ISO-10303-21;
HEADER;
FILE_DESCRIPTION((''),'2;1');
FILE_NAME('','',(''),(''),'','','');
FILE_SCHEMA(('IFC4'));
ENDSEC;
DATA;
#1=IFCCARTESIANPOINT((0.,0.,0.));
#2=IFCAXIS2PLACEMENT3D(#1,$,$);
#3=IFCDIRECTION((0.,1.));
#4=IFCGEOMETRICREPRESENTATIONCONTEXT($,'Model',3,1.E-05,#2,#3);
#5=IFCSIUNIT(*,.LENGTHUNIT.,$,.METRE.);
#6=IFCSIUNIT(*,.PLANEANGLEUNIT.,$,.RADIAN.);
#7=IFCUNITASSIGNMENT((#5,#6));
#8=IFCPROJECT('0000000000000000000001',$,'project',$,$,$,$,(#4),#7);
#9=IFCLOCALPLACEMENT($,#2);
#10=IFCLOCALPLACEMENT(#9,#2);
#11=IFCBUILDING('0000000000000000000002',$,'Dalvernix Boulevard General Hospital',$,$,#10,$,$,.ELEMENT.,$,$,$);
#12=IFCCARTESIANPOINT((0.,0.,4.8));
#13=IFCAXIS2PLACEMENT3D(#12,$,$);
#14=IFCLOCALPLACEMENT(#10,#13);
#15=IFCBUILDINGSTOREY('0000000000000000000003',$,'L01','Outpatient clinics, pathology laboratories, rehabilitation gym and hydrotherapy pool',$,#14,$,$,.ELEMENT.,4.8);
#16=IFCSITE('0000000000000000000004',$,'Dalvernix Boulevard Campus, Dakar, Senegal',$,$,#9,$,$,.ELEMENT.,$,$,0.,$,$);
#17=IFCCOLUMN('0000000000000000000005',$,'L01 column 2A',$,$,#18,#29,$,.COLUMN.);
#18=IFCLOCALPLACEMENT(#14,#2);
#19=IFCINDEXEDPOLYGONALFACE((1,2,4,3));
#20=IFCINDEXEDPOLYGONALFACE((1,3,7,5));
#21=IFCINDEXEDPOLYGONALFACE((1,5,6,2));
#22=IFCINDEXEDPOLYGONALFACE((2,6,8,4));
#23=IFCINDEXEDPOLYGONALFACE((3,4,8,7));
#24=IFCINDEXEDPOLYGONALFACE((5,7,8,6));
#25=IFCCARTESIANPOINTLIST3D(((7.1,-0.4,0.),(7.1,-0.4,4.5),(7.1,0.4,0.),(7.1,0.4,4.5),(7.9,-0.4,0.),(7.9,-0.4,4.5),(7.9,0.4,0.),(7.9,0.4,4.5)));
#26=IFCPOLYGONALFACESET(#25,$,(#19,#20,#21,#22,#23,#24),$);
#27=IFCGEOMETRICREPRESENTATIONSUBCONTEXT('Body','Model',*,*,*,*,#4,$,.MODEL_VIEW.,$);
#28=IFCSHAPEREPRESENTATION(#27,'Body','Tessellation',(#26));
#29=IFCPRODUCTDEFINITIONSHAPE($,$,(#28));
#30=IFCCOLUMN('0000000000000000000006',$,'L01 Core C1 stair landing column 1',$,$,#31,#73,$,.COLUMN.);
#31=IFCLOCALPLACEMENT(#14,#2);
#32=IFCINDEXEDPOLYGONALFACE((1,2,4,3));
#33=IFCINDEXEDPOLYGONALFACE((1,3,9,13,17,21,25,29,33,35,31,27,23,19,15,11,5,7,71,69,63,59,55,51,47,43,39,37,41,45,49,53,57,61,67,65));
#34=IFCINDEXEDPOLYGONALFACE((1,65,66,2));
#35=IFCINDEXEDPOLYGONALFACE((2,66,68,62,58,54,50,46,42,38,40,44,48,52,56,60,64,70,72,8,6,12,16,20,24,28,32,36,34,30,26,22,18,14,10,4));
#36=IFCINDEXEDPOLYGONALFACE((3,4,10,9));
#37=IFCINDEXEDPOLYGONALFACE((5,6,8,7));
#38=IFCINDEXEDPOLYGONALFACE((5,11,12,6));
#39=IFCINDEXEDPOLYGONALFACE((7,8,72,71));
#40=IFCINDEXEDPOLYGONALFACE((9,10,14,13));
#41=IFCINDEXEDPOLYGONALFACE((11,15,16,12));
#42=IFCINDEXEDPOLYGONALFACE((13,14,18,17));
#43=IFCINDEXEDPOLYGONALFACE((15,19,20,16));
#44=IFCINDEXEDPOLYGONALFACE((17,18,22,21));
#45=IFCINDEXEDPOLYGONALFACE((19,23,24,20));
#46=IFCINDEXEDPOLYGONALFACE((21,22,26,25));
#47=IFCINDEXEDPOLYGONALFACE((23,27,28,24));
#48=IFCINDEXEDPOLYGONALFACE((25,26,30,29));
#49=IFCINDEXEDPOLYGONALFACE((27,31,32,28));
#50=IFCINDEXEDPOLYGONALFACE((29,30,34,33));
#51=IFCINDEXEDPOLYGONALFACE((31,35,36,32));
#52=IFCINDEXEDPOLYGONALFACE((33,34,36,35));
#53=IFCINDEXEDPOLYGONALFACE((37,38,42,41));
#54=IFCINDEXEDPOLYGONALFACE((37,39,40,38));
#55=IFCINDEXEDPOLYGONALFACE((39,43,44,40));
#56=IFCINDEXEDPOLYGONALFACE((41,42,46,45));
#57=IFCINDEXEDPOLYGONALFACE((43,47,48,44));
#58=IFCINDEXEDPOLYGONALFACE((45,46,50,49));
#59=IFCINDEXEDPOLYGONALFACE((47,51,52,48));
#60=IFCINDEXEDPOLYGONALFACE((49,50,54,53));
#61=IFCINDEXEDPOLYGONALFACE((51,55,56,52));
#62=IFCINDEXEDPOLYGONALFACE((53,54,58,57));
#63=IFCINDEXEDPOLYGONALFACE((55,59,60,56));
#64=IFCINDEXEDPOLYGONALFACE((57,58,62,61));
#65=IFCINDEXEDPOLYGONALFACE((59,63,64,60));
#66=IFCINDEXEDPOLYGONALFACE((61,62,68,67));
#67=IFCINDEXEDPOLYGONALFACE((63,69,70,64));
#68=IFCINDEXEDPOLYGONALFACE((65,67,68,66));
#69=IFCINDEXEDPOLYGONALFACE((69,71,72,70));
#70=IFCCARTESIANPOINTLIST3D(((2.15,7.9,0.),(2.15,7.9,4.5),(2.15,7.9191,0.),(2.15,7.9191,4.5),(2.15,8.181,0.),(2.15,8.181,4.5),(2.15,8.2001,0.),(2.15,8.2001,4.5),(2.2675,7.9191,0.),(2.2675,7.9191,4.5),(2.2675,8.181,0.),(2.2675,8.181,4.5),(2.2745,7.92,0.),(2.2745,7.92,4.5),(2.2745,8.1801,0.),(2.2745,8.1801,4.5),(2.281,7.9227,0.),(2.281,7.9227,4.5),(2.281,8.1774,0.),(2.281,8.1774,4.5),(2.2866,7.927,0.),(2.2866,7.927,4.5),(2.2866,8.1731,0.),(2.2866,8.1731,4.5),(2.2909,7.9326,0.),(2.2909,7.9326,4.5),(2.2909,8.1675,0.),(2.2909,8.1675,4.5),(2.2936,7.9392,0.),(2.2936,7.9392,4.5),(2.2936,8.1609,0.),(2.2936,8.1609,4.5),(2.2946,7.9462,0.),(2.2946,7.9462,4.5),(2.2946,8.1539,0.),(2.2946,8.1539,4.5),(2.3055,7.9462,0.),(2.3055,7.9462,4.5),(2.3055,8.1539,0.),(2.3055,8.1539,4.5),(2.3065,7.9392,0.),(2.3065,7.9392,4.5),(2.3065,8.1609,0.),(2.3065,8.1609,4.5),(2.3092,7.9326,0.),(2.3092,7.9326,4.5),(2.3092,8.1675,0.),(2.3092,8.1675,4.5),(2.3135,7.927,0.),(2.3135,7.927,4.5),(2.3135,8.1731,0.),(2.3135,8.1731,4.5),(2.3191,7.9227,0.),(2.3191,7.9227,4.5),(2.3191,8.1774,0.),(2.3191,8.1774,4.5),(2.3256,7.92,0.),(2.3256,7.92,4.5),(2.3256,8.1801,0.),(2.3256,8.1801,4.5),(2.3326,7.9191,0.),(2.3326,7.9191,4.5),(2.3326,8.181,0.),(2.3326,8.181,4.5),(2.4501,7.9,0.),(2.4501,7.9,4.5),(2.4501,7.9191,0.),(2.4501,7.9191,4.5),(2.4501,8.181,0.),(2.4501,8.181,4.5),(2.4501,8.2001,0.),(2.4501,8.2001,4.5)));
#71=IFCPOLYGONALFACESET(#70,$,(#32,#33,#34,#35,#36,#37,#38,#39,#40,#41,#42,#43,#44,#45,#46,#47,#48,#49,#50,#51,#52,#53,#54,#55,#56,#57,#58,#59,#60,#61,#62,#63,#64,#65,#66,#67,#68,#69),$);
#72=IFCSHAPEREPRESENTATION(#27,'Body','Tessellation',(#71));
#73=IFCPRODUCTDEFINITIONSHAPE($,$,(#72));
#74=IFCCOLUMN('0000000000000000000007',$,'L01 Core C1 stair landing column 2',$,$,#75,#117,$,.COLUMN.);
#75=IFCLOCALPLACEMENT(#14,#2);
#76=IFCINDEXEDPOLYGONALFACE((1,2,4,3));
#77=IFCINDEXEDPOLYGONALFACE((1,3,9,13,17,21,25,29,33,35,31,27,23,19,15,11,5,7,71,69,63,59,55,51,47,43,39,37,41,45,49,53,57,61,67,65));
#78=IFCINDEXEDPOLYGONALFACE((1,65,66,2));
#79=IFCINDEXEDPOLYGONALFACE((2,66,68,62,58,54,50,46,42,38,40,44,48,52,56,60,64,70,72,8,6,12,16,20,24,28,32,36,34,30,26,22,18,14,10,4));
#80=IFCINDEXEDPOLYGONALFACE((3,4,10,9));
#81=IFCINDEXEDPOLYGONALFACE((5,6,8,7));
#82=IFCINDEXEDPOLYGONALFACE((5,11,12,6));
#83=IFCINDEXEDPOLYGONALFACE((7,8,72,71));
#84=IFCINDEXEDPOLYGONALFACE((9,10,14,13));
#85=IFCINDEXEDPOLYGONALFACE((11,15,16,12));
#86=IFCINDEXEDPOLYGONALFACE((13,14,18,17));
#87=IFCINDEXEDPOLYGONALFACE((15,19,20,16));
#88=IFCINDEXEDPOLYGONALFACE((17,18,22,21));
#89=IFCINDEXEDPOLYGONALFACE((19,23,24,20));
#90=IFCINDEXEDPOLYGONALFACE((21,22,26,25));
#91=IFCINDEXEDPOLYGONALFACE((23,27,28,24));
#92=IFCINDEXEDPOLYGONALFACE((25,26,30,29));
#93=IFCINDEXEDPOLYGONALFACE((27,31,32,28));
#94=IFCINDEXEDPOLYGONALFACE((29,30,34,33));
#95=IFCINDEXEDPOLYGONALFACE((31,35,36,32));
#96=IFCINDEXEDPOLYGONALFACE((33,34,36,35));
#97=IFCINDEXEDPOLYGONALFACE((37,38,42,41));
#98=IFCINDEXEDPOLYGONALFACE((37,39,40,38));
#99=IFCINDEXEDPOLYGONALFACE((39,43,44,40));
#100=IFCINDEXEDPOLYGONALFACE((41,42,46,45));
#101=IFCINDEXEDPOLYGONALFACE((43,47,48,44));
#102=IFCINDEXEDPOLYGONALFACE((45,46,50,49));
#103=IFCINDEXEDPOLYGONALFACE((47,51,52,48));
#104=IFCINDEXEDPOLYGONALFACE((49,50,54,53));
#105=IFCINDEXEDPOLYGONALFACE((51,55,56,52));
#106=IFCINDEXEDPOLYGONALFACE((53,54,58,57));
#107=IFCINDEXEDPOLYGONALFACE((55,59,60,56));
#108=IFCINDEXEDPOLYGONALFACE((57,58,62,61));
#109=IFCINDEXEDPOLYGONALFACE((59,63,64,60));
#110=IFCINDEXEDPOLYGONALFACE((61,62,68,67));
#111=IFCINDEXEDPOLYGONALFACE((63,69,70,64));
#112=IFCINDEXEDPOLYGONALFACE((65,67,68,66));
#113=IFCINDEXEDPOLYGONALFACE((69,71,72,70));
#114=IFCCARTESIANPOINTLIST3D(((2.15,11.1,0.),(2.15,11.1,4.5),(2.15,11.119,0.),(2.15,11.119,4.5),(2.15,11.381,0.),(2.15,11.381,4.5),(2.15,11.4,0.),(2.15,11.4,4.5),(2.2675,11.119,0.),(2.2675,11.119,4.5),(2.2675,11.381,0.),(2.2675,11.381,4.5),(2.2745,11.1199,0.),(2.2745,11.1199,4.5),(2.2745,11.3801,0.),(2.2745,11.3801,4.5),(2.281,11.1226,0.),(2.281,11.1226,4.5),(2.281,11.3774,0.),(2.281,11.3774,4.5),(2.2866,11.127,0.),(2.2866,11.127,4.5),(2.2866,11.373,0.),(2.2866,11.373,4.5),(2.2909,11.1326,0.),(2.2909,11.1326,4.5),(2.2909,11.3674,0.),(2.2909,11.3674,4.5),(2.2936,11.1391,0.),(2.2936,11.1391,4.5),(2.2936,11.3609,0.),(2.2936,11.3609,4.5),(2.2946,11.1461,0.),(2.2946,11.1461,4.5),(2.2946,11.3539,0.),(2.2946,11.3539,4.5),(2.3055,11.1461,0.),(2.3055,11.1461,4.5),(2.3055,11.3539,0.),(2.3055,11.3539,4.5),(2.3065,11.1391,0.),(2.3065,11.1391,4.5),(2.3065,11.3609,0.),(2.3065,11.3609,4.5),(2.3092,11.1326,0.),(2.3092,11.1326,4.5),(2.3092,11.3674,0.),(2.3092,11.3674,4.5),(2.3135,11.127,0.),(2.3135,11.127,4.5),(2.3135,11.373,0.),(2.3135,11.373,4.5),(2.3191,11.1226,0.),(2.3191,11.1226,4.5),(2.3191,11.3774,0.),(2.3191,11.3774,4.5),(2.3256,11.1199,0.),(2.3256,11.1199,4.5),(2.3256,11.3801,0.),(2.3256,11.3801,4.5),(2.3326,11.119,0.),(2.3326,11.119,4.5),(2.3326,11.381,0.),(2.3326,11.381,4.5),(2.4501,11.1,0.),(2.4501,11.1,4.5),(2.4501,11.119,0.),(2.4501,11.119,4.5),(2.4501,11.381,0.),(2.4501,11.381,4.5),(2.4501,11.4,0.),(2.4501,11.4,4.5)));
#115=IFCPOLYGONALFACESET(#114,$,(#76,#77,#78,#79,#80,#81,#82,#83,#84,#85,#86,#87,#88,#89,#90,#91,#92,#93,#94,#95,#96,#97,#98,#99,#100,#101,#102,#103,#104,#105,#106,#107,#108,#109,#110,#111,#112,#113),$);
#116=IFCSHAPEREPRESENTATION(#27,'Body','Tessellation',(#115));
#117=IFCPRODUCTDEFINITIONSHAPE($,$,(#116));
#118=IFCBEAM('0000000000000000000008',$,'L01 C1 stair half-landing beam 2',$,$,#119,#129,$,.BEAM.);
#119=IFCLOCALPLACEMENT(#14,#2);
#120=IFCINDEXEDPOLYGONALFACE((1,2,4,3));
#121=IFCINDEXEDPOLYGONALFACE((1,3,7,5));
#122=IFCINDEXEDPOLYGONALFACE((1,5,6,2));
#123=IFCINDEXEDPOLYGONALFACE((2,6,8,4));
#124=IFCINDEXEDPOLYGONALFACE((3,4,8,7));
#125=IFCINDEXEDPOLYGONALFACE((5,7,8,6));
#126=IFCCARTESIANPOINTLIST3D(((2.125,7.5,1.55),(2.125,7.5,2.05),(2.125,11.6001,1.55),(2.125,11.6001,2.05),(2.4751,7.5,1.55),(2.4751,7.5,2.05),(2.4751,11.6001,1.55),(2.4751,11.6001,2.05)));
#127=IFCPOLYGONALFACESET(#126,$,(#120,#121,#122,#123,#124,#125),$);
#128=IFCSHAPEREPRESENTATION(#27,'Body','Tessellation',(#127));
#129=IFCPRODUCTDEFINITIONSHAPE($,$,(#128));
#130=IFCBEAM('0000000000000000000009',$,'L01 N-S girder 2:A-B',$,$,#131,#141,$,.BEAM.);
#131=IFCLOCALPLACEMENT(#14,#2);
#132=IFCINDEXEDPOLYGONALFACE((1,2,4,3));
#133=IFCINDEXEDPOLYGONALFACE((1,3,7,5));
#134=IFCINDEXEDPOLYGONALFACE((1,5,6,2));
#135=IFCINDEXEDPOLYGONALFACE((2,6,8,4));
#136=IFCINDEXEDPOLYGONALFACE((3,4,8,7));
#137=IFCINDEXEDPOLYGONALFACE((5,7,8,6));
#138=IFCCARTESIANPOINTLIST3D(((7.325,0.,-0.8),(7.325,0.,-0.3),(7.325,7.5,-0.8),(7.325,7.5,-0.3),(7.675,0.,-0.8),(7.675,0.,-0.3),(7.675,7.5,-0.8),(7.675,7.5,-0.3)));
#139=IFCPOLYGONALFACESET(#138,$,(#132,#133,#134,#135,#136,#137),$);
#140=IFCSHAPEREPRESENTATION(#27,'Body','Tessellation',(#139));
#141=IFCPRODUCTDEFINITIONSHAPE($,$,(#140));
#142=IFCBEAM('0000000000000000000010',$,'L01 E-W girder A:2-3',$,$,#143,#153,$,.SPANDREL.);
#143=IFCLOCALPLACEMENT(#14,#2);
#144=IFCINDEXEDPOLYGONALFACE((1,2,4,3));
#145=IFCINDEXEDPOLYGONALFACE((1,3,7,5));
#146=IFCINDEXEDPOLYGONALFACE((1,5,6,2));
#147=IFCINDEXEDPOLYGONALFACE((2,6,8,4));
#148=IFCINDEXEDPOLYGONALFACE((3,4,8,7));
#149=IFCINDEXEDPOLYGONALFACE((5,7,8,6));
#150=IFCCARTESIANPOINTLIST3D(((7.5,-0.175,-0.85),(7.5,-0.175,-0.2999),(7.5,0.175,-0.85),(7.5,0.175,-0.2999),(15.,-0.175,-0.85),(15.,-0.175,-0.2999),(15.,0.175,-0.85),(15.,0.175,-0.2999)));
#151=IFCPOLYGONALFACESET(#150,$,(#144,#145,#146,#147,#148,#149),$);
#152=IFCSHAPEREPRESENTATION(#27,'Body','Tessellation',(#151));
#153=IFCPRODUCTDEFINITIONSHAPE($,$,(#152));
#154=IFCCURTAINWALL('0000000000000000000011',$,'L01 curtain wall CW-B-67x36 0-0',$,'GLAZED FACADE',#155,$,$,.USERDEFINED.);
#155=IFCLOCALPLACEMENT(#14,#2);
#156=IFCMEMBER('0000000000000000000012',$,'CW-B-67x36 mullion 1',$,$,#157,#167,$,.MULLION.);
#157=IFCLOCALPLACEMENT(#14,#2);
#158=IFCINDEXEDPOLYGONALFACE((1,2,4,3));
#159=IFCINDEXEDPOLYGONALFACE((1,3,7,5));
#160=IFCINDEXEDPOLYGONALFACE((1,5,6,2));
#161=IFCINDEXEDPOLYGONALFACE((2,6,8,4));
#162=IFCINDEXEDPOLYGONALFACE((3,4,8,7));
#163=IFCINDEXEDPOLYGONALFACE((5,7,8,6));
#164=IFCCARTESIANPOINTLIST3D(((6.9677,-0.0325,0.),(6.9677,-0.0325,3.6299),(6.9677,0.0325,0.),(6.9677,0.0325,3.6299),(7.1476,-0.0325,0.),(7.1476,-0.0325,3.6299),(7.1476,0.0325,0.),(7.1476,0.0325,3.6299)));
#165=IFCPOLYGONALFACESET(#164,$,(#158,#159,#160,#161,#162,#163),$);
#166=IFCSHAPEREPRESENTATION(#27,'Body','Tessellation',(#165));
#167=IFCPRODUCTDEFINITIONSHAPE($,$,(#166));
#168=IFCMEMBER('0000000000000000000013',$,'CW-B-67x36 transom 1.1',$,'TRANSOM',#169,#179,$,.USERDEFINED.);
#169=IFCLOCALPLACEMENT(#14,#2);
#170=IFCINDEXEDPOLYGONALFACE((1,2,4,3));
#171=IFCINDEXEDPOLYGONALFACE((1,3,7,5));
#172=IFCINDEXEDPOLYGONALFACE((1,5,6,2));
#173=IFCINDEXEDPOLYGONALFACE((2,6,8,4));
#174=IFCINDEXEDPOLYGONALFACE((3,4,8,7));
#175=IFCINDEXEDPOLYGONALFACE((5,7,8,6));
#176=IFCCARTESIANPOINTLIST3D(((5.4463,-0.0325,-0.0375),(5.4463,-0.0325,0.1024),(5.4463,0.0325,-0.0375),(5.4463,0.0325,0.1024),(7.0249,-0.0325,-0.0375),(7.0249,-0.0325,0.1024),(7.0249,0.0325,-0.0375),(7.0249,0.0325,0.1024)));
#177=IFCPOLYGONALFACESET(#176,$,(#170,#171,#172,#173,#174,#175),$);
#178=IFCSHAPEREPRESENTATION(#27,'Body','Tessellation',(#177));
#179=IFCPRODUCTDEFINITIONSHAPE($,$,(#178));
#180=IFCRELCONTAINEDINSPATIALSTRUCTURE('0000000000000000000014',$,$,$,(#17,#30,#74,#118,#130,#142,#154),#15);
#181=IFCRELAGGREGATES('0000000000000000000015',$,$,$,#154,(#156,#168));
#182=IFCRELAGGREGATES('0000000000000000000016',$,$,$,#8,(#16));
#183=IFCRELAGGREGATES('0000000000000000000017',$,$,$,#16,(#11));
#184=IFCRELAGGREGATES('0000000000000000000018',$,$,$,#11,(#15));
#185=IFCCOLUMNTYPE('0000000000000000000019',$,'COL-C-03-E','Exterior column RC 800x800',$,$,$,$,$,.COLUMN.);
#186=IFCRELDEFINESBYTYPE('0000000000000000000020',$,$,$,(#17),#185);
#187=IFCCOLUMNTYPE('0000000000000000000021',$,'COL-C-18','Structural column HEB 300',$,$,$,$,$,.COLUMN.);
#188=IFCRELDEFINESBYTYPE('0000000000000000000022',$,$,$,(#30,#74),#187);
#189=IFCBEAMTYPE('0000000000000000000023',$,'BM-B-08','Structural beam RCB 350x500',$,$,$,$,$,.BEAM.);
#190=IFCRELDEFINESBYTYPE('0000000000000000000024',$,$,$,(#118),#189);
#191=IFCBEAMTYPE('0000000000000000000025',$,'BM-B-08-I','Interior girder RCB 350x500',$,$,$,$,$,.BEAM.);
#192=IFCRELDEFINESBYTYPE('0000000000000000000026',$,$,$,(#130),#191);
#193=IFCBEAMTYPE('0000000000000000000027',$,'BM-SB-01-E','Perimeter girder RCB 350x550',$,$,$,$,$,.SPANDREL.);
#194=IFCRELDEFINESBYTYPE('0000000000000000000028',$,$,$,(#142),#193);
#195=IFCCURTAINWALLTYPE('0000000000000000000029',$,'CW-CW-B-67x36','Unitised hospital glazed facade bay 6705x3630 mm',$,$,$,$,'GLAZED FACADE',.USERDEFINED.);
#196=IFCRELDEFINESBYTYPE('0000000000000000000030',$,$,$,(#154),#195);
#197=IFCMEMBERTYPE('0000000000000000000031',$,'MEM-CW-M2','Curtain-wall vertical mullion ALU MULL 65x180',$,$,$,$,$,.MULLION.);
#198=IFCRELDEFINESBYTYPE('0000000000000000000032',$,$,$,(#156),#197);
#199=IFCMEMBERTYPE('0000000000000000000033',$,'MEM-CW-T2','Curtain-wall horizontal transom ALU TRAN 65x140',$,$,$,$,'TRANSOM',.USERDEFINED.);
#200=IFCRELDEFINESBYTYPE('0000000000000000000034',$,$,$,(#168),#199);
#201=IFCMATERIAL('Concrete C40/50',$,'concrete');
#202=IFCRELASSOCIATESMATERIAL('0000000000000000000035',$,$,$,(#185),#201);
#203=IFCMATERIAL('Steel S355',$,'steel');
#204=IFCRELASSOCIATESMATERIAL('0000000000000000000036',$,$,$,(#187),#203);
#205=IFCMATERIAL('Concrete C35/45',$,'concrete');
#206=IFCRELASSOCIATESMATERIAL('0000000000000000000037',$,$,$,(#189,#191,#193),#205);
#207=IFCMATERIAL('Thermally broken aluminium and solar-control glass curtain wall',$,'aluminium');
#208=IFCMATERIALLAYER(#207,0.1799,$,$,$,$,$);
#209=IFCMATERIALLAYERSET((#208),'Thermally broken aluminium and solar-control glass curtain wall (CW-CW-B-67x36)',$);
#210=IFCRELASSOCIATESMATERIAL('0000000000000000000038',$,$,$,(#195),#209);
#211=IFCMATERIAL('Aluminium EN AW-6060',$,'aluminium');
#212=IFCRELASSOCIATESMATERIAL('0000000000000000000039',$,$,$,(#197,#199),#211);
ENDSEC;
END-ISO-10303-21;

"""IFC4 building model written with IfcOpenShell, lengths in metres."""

from ifc_helpers import new_model, si_unit, direction, frame, origin, origin_2d, place, context, subcontext, project, spatial, rectangle, i_section, extrude, material, layer, layer_set, material_profile, profile_set, type_object, element, aggregate, save


model = new_model("IFC4")

# Units and contexts
model_context = context("Model", 3, precision=1e-05, world=origin(), true_north=direction((0.0, 1.0)))
body_context = subcontext(model_context, "Body", "Model", "MODEL_VIEW")
ifc_project = project(units=[si_unit("LENGTHUNIT", "METRE"), si_unit("PLANEANGLEUNIT", "RADIAN")], contexts=[model_context])

# Site, building, storey
site_placement = place(None, origin())
site = spatial("IfcSite", under=ifc_project, at=site_placement, Name="Dalvernix Boulevard Campus, Dakar, Senegal", CompositionType="ELEMENT", RefElevation=0.0)
building_placement = place(site_placement, origin())
building = spatial("IfcBuilding", under=site, at=building_placement, Name="Dalvernix Boulevard General Hospital", CompositionType="ELEMENT")
storey_placement = place(building_placement, frame((0.0, 0.0, 4.8)))
storey = spatial("IfcBuildingStorey", under=building, at=storey_placement, Name="L01", Description="Outpatient clinics, pathology laboratories, rehabilitation gym and hydrotherapy pool", CompositionType="ELEMENT", Elevation=4.8)

# Columns
ifc_material_1 = material(Name="Concrete C40/50", Category="concrete")
ifc_material_profile_1 = material_profile(ifc_material_1, rectangle(XDim=0.8, YDim=0.8, at=origin_2d()), Name="RC 800x800")
ifc_profile_set_1 = profile_set([ifc_material_profile_1], Name="Concrete C40/50")
column_type_1 = type_object("IfcColumnType", Name="COL-C-03-E", Description="Exterior column RC 800x800", PredefinedType="COLUMN", material=ifc_profile_set_1)
column_placement = place(storey_placement, frame((7.5, 0.0, 0.0), z_axis=(0.0, 0.0, 1.0), x_axis=(1.0, 0.0, 0.0)))
element("IfcColumn", 1, at=column_placement, inside=storey, type_object=column_type_1, Name="L01 column 2A", PredefinedType="COLUMN", context=body_context, shape_type="SweptSolid", body=[
    extrude(rectangle(XDim=0.8, YDim=0.8, at=origin_2d()), origin(), (0.0, 0.0, 1.0), 4.5),
])
ifc_material_2 = material(Name="Steel S355", Category="steel")
ifc_material_profile_2 = material_profile(ifc_material_2, i_section(OverallWidth=0.3, OverallDepth=0.3, WebThickness=0.011, FlangeThickness=0.019, FilletRadius=0.0271, at=origin_2d()), Name="HEB 300")
ifc_profile_set_2 = profile_set([ifc_material_profile_2], Name="Steel S355")
column_type_2 = type_object("IfcColumnType", Name="COL-C-18", Description="Structural column HEB 300", PredefinedType="COLUMN", material=ifc_profile_set_2)
for number, where, z_axis, x_axis, name in (
    (2, (2.3, 8.05, 0.0), (0.0, 0.0, 1.0), (1.0, 0.0, 0.0), "L01 Core C1 stair landing column 1"),
    (3, (2.3, 11.25, 0.0), (0.0, 0.0, 1.0), (1.0, 0.0, 0.0), "L01 Core C1 stair landing column 2"),
):
    element("IfcColumn", number, at=place(storey_placement, frame(where, z_axis=z_axis, x_axis=x_axis)), inside=storey, type_object=column_type_2, Name=name, PredefinedType="COLUMN", context=body_context, shape_type="SweptSolid", body=[
        extrude(i_section(OverallWidth=0.3, OverallDepth=0.3, WebThickness=0.011, FlangeThickness=0.019, FilletRadius=0.0271, at=origin_2d()), origin(), (0.0, 0.0, 1.0), 4.5),
    ])

# Beams
ifc_material_3 = material(Name="Concrete C35/45", Category="concrete")
ifc_material_profile_3 = material_profile(ifc_material_3, rectangle(XDim=0.3501, YDim=0.5, at=origin_2d()), Name="RCB 350x500")
ifc_profile_set_3 = profile_set([ifc_material_profile_3], Name="Concrete C35/45")
beam_type_1 = type_object("IfcBeamType", Name="BM-B-08", Description="Structural beam RCB 350x500", PredefinedType="BEAM", material=ifc_profile_set_3)
beam_1_placement = place(storey_placement, frame((2.3, 7.5, 1.8), z_axis=(0.0, 1.0, 0.0), x_axis=(-1.0, 0.0, 0.0)))
element("IfcBeam", 4, at=beam_1_placement, inside=storey, type_object=beam_type_1, Name="L01 C1 stair half-landing beam 2", PredefinedType="BEAM", context=body_context, shape_type="SweptSolid", body=[
    extrude(rectangle(XDim=0.3501, YDim=0.5, at=origin_2d()), origin(), (0.0, 0.0, 1.0), 4.1001),
])
ifc_material_profile_4 = material_profile(ifc_material_3, rectangle(XDim=0.3501, YDim=0.5, at=origin_2d()), Name="RCB 350x500")
ifc_profile_set_4 = profile_set([ifc_material_profile_4], Name="Concrete C35/45")
beam_type_2 = type_object("IfcBeamType", Name="BM-B-08-I", Description="Interior girder RCB 350x500", PredefinedType="BEAM", material=ifc_profile_set_4)
beam_2_placement = place(storey_placement, frame((7.5, 0.0, -0.55), z_axis=(0.0, 1.0, 0.0), x_axis=(-1.0, 0.0, 0.0)))
element("IfcBeam", 5, at=beam_2_placement, inside=storey, type_object=beam_type_2, Name="L01 N-S girder 2:A-B", PredefinedType="BEAM", context=body_context, shape_type="SweptSolid", body=[
    extrude(rectangle(XDim=0.3501, YDim=0.5, at=origin_2d()), origin(), (0.0, 0.0, 1.0), 7.5),
])
ifc_material_profile_5 = material_profile(ifc_material_3, rectangle(XDim=0.3501, YDim=0.55, at=origin_2d()), Name="RCB 350x550")
ifc_profile_set_5 = profile_set([ifc_material_profile_5], Name="Concrete C35/45")
beam_type_3 = type_object("IfcBeamType", Name="BM-SB-01-E", Description="Perimeter girder RCB 350x550", PredefinedType="SPANDREL", material=ifc_profile_set_5)
beam_3_placement = place(storey_placement, frame((7.5, 0.0, -0.575), z_axis=(1.0, 0.0, 0.0), x_axis=(0.0, 1.0, 0.0)))
element("IfcBeam", 6, at=beam_3_placement, inside=storey, type_object=beam_type_3, Name="L01 E-W girder A:2-3", PredefinedType="SPANDREL", context=body_context, shape_type="SweptSolid", body=[
    extrude(rectangle(XDim=0.3501, YDim=0.55, at=origin_2d()), origin(), (0.0, 0.0, 1.0), 7.5),
])

# Curtain wall, members
ifc_material_4 = material(Name="Thermally broken aluminium and solar-control glass curtain wall", Category="aluminium")
ifc_layer_1 = layer(ifc_material_4, 0.1799)
ifc_layer_set_1 = layer_set([ifc_layer_1], Name="Thermally broken aluminium and solar-control glass curtain wall (CW-CW-B-67x36)")
curtain_wall_type = type_object("IfcCurtainWallType", Name="CW-CW-B-67x36", Description="Unitised hospital glazed facade bay 6705x3630 mm", ElementType="GLAZED FACADE", PredefinedType="USERDEFINED", material=ifc_layer_set_1)
curtain_wall_placement = place(storey_placement, origin())
curtain_wall = element("IfcCurtainWall", 7, at=curtain_wall_placement, inside=storey, type_object=curtain_wall_type, Name="L01 curtain wall CW-B-67x36 0-0", ObjectType="GLAZED FACADE", PredefinedType="USERDEFINED")
ifc_material_5 = material(Name="Aluminium EN AW-6060", Category="aluminium")
ifc_material_profile_6 = material_profile(ifc_material_5, rectangle(XDim=0.0649, YDim=0.1799, at=origin_2d()), Name="ALU MULL 65x180")
ifc_profile_set_6 = profile_set([ifc_material_profile_6], Name="Aluminium EN AW-6060")
member_type_1 = type_object("IfcMemberType", Name="MEM-CW-M2", Description="Curtain-wall vertical mullion ALU MULL 65x180", PredefinedType="MULLION", material=ifc_profile_set_6)
member_1_placement = place(storey_placement, frame((7.0576, 0.0, 0.0), z_axis=(0.0, 0.0, 1.0), x_axis=(0.0, -1.0, 0.0)))
member_1 = element("IfcMember", 8, at=member_1_placement, type_object=member_type_1, Name="CW-B-67x36 mullion 1", PredefinedType="MULLION", context=body_context, shape_type="SweptSolid", body=[
    extrude(rectangle(XDim=0.0649, YDim=0.1799, at=origin_2d()), origin(), (0.0, 0.0, 1.0), 3.6299),
])
ifc_material_profile_7 = material_profile(ifc_material_5, rectangle(XDim=0.0649, YDim=0.1399, at=origin_2d()), Name="ALU TRAN 65x140")
ifc_profile_set_7 = profile_set([ifc_material_profile_7], Name="Aluminium EN AW-6060")
member_type_2 = type_object("IfcMemberType", Name="MEM-CW-T2", Description="Curtain-wall horizontal transom ALU TRAN 65x140", ElementType="TRANSOM", PredefinedType="USERDEFINED", material=ifc_profile_set_7)
member_2_placement = place(storey_placement, frame((7.0249, 0.0, 0.0325), z_axis=(-1.0, 0.0, 0.0), x_axis=(0.0, -1.0, 0.0)))
member_2 = element("IfcMember", 9, at=member_2_placement, type_object=member_type_2, Name="CW-B-67x36 transom 1.1", ObjectType="TRANSOM", PredefinedType="USERDEFINED", context=body_context, shape_type="SweptSolid", body=[
    extrude(rectangle(XDim=0.0649, YDim=0.1399, at=origin_2d()), origin(), (0.0, 0.0, 1.0), 1.5786),
])
aggregate(curtain_wall, [member_1, member_2])

save(model, "model.ifc")
